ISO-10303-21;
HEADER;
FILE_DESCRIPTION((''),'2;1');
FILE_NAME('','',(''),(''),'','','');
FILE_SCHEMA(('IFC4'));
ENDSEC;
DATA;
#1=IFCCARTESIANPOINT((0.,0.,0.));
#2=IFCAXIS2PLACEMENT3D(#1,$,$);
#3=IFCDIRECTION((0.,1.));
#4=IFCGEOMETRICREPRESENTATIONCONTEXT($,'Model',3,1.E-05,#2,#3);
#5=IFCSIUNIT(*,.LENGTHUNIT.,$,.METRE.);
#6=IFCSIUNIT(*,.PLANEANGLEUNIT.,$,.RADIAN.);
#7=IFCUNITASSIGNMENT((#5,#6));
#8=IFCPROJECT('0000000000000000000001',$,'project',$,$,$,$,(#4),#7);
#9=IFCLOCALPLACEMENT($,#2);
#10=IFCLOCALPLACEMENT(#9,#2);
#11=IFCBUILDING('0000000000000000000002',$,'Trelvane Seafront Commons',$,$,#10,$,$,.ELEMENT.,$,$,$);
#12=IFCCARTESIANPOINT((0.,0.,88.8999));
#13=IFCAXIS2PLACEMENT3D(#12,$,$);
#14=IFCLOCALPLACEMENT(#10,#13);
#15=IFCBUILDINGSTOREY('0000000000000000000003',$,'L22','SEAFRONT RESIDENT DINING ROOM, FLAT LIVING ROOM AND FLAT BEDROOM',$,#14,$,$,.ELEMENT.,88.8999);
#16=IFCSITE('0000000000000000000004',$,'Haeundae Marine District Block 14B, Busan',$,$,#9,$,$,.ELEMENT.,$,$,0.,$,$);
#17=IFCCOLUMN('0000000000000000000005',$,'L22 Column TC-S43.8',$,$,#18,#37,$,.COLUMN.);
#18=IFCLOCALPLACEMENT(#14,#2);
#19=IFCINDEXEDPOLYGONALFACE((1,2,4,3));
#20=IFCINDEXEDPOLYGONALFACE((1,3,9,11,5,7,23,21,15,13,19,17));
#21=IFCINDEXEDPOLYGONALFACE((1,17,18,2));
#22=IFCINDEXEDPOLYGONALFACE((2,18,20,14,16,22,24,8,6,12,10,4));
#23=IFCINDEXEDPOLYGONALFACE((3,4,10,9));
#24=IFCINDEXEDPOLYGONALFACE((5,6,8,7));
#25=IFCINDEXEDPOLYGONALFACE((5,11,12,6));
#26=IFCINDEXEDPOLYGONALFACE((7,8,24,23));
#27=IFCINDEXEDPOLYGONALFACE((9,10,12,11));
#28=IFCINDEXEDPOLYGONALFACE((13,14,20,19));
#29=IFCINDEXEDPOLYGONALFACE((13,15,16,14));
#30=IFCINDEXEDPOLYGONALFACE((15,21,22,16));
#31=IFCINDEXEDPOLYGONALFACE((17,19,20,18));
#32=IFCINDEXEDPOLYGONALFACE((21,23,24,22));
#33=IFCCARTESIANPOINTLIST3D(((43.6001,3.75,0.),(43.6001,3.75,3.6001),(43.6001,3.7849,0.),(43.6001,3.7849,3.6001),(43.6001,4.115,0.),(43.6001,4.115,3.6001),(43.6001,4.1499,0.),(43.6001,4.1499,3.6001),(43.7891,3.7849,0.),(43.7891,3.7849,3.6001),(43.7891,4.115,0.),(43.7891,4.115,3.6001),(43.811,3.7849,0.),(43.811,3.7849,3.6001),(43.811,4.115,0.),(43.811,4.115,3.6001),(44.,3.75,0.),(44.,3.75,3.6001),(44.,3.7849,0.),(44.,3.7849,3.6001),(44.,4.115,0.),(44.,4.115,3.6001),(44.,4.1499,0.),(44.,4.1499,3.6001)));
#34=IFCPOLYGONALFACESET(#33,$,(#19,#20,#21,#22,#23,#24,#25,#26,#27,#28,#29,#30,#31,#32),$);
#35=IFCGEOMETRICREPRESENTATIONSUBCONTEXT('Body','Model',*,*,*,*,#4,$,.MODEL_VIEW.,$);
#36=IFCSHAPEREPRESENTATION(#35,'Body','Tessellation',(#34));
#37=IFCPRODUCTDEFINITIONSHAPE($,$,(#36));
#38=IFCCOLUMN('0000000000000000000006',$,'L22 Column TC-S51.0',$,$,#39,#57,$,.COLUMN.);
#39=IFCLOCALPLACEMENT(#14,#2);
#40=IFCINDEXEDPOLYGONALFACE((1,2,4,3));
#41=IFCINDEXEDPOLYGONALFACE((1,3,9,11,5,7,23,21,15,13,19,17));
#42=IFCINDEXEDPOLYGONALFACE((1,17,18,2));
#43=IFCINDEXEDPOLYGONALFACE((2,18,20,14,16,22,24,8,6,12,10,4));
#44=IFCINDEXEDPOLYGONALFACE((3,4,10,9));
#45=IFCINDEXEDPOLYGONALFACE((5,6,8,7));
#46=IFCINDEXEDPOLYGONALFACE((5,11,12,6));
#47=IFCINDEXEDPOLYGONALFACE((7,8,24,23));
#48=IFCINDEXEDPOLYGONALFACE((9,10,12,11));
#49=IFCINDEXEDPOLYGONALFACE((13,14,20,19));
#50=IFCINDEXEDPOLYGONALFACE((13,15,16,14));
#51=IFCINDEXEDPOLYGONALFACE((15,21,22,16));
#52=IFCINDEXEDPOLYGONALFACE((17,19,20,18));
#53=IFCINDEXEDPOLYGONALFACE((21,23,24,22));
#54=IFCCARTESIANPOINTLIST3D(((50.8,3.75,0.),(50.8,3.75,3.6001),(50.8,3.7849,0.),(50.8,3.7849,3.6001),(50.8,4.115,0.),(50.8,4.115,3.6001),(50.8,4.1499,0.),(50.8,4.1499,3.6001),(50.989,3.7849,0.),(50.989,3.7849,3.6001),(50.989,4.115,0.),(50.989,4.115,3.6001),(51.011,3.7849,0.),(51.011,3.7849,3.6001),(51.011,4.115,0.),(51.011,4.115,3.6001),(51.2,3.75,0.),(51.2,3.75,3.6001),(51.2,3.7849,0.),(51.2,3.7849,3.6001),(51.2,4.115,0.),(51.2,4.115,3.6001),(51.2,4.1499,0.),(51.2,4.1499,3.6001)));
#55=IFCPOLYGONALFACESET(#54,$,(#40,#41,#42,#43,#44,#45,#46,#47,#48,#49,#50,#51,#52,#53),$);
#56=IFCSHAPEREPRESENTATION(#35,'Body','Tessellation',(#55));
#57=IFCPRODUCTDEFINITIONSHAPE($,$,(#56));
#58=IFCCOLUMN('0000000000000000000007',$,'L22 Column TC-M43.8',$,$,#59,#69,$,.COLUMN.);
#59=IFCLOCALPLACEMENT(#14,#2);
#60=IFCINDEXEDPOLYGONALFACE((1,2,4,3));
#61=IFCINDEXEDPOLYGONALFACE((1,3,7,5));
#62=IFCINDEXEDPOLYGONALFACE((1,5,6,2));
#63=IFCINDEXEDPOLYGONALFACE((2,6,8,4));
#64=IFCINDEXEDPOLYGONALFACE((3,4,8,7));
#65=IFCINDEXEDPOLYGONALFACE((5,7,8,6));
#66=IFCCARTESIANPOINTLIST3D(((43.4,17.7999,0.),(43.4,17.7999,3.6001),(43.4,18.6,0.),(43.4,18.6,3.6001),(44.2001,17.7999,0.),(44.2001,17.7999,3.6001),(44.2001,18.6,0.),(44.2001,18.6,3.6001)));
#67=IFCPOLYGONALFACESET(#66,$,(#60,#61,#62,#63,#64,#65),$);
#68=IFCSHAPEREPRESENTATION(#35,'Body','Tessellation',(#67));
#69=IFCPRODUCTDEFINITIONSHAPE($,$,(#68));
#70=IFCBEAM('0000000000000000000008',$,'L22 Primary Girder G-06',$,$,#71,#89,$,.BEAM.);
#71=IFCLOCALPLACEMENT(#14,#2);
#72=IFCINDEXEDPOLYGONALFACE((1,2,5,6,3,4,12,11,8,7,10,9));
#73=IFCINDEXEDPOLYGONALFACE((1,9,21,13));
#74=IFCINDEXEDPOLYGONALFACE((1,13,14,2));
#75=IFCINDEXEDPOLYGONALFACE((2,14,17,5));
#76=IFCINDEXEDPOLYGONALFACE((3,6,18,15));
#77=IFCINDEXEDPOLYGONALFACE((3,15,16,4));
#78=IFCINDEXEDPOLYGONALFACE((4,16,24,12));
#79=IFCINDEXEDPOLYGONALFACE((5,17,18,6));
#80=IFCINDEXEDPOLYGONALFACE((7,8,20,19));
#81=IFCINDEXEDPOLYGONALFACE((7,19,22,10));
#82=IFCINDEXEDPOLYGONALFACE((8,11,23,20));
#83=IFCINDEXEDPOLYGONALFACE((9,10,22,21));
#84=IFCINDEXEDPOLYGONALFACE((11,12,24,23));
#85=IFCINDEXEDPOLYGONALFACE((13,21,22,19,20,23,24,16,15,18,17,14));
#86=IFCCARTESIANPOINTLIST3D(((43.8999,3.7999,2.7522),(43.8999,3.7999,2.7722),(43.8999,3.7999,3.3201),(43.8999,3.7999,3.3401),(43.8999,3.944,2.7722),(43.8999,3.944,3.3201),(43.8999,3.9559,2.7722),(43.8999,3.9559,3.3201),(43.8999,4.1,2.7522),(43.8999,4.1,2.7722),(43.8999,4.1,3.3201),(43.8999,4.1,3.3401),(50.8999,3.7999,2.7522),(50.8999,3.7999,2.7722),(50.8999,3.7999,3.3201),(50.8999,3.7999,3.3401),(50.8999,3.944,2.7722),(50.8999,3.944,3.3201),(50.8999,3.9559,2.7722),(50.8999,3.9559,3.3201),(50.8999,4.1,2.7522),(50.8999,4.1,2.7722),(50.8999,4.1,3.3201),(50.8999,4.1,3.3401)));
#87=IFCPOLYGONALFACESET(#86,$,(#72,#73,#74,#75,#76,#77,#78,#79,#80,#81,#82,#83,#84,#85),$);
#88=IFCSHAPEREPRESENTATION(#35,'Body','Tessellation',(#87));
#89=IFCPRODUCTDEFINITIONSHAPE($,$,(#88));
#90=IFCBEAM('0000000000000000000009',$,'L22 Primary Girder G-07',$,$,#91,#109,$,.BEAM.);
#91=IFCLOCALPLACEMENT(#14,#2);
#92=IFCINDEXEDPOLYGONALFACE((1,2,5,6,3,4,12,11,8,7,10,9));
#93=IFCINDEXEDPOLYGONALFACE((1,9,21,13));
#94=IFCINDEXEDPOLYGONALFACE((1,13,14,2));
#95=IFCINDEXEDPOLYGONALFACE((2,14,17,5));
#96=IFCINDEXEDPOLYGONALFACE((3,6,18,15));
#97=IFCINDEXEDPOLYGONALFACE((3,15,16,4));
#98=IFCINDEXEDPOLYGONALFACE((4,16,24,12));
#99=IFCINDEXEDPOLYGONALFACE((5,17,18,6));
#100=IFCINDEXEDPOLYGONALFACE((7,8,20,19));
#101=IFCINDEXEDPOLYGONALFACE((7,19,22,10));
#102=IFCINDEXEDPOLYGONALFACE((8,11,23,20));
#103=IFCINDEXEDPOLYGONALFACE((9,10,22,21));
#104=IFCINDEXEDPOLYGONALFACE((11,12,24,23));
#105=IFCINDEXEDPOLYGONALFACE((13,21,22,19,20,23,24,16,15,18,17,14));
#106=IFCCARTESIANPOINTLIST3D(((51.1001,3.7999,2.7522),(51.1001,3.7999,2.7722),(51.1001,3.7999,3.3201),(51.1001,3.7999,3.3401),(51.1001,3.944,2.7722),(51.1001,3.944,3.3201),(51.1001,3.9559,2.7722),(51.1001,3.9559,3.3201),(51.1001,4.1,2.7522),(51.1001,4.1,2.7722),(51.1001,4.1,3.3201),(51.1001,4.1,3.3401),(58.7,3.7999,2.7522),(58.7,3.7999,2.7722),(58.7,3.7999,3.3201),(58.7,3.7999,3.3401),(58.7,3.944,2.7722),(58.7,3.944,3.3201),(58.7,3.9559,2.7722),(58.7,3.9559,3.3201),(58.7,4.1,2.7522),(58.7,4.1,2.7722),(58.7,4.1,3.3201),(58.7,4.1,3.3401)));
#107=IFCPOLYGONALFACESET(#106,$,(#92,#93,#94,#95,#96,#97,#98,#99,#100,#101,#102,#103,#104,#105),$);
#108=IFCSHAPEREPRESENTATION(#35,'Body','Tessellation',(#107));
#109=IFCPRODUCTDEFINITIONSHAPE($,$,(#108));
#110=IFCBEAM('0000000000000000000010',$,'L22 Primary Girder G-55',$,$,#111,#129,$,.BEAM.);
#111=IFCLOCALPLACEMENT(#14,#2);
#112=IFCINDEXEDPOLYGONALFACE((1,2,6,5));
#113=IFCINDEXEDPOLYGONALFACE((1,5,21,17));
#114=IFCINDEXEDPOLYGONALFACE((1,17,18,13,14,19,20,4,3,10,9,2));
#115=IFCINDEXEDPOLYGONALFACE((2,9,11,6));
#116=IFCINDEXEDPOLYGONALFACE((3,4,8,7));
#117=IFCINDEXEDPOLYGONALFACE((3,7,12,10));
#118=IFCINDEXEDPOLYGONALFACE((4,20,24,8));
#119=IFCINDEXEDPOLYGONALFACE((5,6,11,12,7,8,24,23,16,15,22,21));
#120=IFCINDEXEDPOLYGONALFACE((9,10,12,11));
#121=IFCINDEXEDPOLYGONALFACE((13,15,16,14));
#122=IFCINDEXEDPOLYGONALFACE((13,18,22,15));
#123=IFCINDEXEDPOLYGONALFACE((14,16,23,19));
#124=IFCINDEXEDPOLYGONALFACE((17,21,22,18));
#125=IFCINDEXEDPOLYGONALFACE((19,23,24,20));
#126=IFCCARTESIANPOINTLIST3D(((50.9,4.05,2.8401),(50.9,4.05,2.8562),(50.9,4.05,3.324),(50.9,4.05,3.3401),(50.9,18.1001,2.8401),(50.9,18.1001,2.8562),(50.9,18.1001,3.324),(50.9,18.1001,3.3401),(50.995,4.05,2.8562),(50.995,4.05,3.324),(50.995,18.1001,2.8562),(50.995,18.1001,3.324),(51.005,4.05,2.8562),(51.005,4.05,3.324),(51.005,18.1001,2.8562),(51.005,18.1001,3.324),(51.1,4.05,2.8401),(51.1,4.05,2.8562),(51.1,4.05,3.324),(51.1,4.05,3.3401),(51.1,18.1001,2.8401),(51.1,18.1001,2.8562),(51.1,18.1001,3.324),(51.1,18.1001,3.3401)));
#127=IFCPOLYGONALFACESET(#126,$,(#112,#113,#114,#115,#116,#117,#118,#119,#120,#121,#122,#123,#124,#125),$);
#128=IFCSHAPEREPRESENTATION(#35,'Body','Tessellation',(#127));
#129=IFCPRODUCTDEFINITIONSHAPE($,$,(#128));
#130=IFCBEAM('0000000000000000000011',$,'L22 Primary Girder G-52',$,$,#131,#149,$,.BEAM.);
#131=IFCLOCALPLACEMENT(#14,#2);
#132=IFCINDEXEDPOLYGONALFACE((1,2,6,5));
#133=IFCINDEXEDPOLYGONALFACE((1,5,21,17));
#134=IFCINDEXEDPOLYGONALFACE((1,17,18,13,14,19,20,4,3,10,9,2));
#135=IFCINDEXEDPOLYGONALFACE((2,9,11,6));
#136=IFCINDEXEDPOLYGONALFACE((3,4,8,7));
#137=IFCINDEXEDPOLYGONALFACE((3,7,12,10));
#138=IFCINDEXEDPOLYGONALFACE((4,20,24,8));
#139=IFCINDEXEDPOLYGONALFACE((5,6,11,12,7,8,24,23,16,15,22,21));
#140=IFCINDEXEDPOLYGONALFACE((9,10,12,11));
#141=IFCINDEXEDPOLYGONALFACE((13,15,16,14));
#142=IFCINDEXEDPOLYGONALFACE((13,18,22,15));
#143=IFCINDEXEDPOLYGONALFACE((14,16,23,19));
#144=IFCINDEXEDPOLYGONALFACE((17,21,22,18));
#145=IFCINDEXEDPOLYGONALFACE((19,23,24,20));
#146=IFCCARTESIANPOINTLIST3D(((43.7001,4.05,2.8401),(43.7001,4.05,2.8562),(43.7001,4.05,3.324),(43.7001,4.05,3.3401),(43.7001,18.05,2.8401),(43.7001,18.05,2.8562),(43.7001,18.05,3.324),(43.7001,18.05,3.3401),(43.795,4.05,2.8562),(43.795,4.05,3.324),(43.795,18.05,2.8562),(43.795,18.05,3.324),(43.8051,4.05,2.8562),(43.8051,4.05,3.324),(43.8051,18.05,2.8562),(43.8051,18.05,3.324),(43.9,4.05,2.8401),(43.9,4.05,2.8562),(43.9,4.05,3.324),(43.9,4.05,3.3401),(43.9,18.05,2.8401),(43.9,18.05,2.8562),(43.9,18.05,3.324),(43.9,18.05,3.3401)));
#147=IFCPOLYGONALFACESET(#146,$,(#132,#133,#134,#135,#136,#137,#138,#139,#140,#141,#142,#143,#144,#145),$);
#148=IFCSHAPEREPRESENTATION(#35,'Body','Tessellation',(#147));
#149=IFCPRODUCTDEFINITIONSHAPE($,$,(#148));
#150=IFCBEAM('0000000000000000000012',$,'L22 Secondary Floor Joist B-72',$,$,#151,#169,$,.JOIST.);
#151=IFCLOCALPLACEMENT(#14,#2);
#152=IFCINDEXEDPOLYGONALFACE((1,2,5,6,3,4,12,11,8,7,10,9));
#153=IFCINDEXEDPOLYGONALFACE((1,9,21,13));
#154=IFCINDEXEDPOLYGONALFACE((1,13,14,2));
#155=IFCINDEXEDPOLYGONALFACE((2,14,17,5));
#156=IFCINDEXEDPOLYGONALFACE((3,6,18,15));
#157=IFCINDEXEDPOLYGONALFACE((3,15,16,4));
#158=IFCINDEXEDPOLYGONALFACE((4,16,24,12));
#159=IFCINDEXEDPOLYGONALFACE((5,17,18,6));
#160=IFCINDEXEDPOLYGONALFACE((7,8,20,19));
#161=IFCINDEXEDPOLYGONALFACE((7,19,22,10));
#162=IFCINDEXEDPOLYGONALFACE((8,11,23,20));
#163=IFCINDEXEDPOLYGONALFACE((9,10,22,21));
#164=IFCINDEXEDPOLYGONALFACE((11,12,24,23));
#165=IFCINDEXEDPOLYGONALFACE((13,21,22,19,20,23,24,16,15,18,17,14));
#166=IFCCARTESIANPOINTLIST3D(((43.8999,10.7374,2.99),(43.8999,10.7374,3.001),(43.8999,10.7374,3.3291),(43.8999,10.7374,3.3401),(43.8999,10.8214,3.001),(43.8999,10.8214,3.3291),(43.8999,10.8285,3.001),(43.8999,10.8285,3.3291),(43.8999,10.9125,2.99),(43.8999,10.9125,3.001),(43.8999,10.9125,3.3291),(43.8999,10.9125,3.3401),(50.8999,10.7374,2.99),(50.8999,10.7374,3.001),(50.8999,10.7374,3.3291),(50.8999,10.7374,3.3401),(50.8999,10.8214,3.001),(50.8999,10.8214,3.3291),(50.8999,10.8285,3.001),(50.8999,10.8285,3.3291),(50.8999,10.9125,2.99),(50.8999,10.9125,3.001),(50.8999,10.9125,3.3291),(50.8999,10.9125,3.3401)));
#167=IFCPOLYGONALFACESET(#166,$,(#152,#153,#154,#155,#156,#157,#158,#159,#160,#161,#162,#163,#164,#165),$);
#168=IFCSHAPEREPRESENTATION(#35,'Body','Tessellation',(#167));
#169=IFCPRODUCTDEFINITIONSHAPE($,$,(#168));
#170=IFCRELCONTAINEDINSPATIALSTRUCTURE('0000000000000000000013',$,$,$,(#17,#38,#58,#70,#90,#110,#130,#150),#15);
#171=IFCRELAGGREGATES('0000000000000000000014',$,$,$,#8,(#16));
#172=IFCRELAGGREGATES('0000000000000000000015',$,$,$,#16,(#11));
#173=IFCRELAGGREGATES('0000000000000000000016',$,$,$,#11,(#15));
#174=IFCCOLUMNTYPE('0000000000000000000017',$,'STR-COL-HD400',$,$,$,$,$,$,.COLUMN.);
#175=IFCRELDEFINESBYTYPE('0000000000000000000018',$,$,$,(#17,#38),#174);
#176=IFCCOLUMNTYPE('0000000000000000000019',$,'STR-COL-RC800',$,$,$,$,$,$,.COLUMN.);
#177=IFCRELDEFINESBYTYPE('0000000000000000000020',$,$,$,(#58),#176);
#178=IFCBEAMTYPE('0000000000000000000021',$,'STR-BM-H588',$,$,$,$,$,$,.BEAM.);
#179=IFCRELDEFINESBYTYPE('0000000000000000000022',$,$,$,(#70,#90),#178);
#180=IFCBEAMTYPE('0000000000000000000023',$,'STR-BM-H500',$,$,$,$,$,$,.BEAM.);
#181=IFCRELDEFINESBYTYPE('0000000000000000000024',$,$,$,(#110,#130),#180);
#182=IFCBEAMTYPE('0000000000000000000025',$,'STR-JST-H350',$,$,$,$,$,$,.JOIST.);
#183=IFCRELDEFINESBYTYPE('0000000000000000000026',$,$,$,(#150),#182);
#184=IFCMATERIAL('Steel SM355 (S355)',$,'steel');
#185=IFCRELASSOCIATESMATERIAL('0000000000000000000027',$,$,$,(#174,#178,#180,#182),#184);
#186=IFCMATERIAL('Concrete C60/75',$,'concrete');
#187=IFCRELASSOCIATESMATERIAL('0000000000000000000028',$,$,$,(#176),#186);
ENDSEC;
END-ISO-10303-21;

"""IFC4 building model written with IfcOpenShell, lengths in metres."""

from ifc_helpers import new_model, si_unit, direction, frame, origin, origin_2d, place, context, subcontext, project, spatial, rectangle, i_section, extrude, source, transform, mapped, material, material_profile, profile_set, type_object, element, save


model = new_model("IFC4")

# Units and contexts
model_context = context("Model", 3, precision=1e-05, world=origin(), true_north=direction((0.0, 1.0)))
body_context = subcontext(model_context, "Body", "Model", "MODEL_VIEW")
ifc_project = project(units=[si_unit("LENGTHUNIT", "METRE"), si_unit("PLANEANGLEUNIT", "RADIAN")], contexts=[model_context])

# Site, building, storey
site_placement = place(None, origin())
site = spatial("IfcSite", under=ifc_project, at=site_placement, Name="Haeundae Marine District Block 14B, Busan", CompositionType="ELEMENT", RefElevation=0.0)
building_placement = place(site_placement, origin())
building = spatial("IfcBuilding", under=site, at=building_placement, Name="Trelvane Seafront Commons", CompositionType="ELEMENT")
storey_placement = place(building_placement, frame((0.0, 0.0, 88.8999)))
storey = spatial("IfcBuildingStorey", under=building, at=storey_placement, Name="L22", Description="SEAFRONT RESIDENT DINING ROOM, FLAT LIVING ROOM AND FLAT BEDROOM", CompositionType="ELEMENT", Elevation=88.8999)

# Columns
ifc_material_1 = material(Name="Steel SM355 (S355)", Category="steel")
ifc_material_profile_1 = material_profile(ifc_material_1, i_section(OverallWidth=0.3999, OverallDepth=0.3999, WebThickness=0.022, FlangeThickness=0.0349, at=origin_2d()), Name="HD-400x400x22x35")
ifc_profile_set_1 = profile_set([ifc_material_profile_1], Name="Steel SM355 (S355)")
column_type_1 = type_object("IfcColumnType", Name="STR-COL-HD400", PredefinedType="COLUMN", material=ifc_profile_set_1)
shared_shape_1 = source(origin(), body_context, "Body", "SweptSolid", [
    extrude(i_section(OverallWidth=0.3999, OverallDepth=0.3999, WebThickness=0.022, FlangeThickness=0.0349, at=origin_2d()), origin(), (0.0, 0.0, 1.0), 3.6001),
])
for number, where, z_axis, x_axis, name in (
    (1, (43.8, 3.95, 0.0), (0.0, 0.0, 1.0), (1.0, 0.0, 0.0), "L22 Column TC-S43.8"),
    (2, (51.0, 3.95, 0.0), (0.0, 0.0, 1.0), (1.0, 0.0, 0.0), "L22 Column TC-S51.0"),
):
    element("IfcColumn", number, at=place(storey_placement, frame(where, z_axis=z_axis, x_axis=x_axis)), inside=storey, type_object=column_type_1, Name=name, PredefinedType="COLUMN", context=body_context, shape_type="MappedRepresentation", body=[
        mapped(shared_shape_1, transform((0.0, 0.0, 0.0), x_axis=(1.0, 0.0, 0.0), y_axis=(0.0, 1.0, 0.0), z_axis=(0.0, 0.0, 1.0), scale=1.0)),
    ])
ifc_material_2 = material(Name="Concrete C60/75", Category="concrete")
ifc_material_profile_2 = material_profile(ifc_material_2, rectangle(XDim=0.8, YDim=0.8, at=origin_2d()), Name="RC-800x800")
ifc_profile_set_2 = profile_set([ifc_material_profile_2], Name="Concrete C60/75")
column_type_2 = type_object("IfcColumnType", Name="STR-COL-RC800", PredefinedType="COLUMN", material=ifc_profile_set_2)
shared_shape_2 = source(origin(), body_context, "Body", "SweptSolid", [
    extrude(rectangle(XDim=0.8, YDim=0.8, at=origin_2d()), origin(), (0.0, 0.0, 1.0), 3.6001),
])
column_placement = place(storey_placement, frame((43.8, 18.2, 0.0), z_axis=(0.0, 0.0, 1.0), x_axis=(1.0, 0.0, 0.0)))
element("IfcColumn", 3, at=column_placement, inside=storey, type_object=column_type_2, Name="L22 Column TC-M43.8", PredefinedType="COLUMN", context=body_context, shape_type="MappedRepresentation", body=[
    mapped(shared_shape_2, transform((0.0, 0.0, 0.0), x_axis=(1.0, 0.0, 0.0), y_axis=(0.0, 1.0, 0.0), z_axis=(0.0, 0.0, 1.0), scale=1.0)),
])

# Beams
ifc_material_profile_3 = material_profile(ifc_material_1, i_section(OverallWidth=0.3, OverallDepth=0.5879, WebThickness=0.012, FlangeThickness=0.02, at=origin_2d()), Name="H-588x300x12x20")
ifc_profile_set_3 = profile_set([ifc_material_profile_3], Name="Steel SM355 (S355)")
beam_type_1 = type_object("IfcBeamType", Name="STR-BM-H588", PredefinedType="BEAM", material=ifc_profile_set_3)
shared_shape_3 = source(origin(), body_context, "Body", "SweptSolid", [
    extrude(i_section(OverallWidth=0.3, OverallDepth=0.5879, WebThickness=0.012, FlangeThickness=0.02, at=origin_2d()), origin(), (0.0, 0.0, 1.0), 7.0),
])
beam_1_placement = place(storey_placement, frame((43.8999, 3.95, 3.0461), z_axis=(1.0, 0.0, 0.0), x_axis=(0.0, 1.0, 0.0)))
element("IfcBeam", 4, at=beam_1_placement, inside=storey, type_object=beam_type_1, Name="L22 Primary Girder G-06", PredefinedType="BEAM", context=body_context, shape_type="MappedRepresentation", body=[
    mapped(shared_shape_3, transform((0.0, 0.0, 0.0), x_axis=(1.0, 0.0, 0.0), y_axis=(0.0, 1.0, 0.0), z_axis=(0.0, 0.0, 1.0), scale=1.0)),
])
shared_shape_4 = source(origin(), body_context, "Body", "SweptSolid", [
    extrude(i_section(OverallWidth=0.3, OverallDepth=0.5879, WebThickness=0.012, FlangeThickness=0.02, at=origin_2d()), origin(), (0.0, 0.0, 1.0), 7.5999),
])
beam_2_placement = place(storey_placement, frame((51.1001, 3.95, 3.0461), z_axis=(1.0, 0.0, 0.0), x_axis=(0.0, 1.0, 0.0)))
element("IfcBeam", 5, at=beam_2_placement, inside=storey, type_object=beam_type_1, Name="L22 Primary Girder G-07", PredefinedType="BEAM", context=body_context, shape_type="MappedRepresentation", body=[
    mapped(shared_shape_4, transform((0.0, 0.0, 0.0), x_axis=(1.0, 0.0, 0.0), y_axis=(0.0, 1.0, 0.0), z_axis=(0.0, 0.0, 1.0), scale=1.0)),
])
ifc_material_profile_4 = material_profile(ifc_material_1, i_section(OverallWidth=0.2, OverallDepth=0.5, WebThickness=0.01, FlangeThickness=0.0161, at=origin_2d()), Name="H-500x200x10x16")
ifc_profile_set_4 = profile_set([ifc_material_profile_4], Name="Steel SM355 (S355)")
beam_type_2 = type_object("IfcBeamType", Name="STR-BM-H500", PredefinedType="BEAM", material=ifc_profile_set_4)
shared_shape_5 = source(origin(), body_context, "Body", "SweptSolid", [
    extrude(i_section(OverallWidth=0.2, OverallDepth=0.5, WebThickness=0.01, FlangeThickness=0.0161, at=origin_2d()), origin(), (0.0, 0.0, 1.0), 14.05),
])
beam_3_placement = place(storey_placement, frame((51.0, 4.05, 3.0901), z_axis=(0.0, 1.0, 0.0), x_axis=(-1.0, 0.0, 0.0)))
element("IfcBeam", 6, at=beam_3_placement, inside=storey, type_object=beam_type_2, Name="L22 Primary Girder G-55", PredefinedType="BEAM", context=body_context, shape_type="MappedRepresentation", body=[
    mapped(shared_shape_5, transform((0.0, 0.0, 0.0), x_axis=(1.0, 0.0, 0.0), y_axis=(0.0, 1.0, 0.0), z_axis=(0.0, 0.0, 1.0), scale=1.0)),
])
shared_shape_6 = source(origin(), body_context, "Body", "SweptSolid", [
    extrude(i_section(OverallWidth=0.2, OverallDepth=0.5, WebThickness=0.01, FlangeThickness=0.0161, at=origin_2d()), origin(), (0.0, 0.0, 1.0), 14.0),
])
beam_4_placement = place(storey_placement, frame((43.8, 4.05, 3.0901), z_axis=(0.0, 1.0, 0.0), x_axis=(-1.0, 0.0, 0.0)))
element("IfcBeam", 7, at=beam_4_placement, inside=storey, type_object=beam_type_2, Name="L22 Primary Girder G-52", PredefinedType="BEAM", context=body_context, shape_type="MappedRepresentation", body=[
    mapped(shared_shape_6, transform((0.0, 0.0, 0.0), x_axis=(1.0, 0.0, 0.0), y_axis=(0.0, 1.0, 0.0), z_axis=(0.0, 0.0, 1.0), scale=1.0)),
])
ifc_material_profile_5 = material_profile(ifc_material_1, i_section(OverallWidth=0.175, OverallDepth=0.3501, WebThickness=0.0071, FlangeThickness=0.011, at=origin_2d()), Name="H-350x175x7x11")
ifc_profile_set_5 = profile_set([ifc_material_profile_5], Name="Steel SM355 (S355)")
beam_type_3 = type_object("IfcBeamType", Name="STR-JST-H350", PredefinedType="JOIST", material=ifc_profile_set_5)
shared_shape_7 = source(origin(), body_context, "Body", "SweptSolid", [
    extrude(i_section(OverallWidth=0.175, OverallDepth=0.3501, WebThickness=0.0071, FlangeThickness=0.011, at=origin_2d()), origin(), (0.0, 0.0, 1.0), 7.0),
])
beam_5_placement = place(storey_placement, frame((43.8999, 10.825, 3.165), z_axis=(1.0, 0.0, 0.0), x_axis=(0.0, 1.0, 0.0)))
element("IfcBeam", 8, at=beam_5_placement, inside=storey, type_object=beam_type_3, Name="L22 Secondary Floor Joist B-72", PredefinedType="JOIST", context=body_context, shape_type="MappedRepresentation", body=[
    mapped(shared_shape_7, transform((0.0, 0.0, 0.0), x_axis=(1.0, 0.0, 0.0), y_axis=(0.0, 1.0, 0.0), z_axis=(0.0, 0.0, 1.0), scale=1.0)),
])

save(model, "model.ifc")
